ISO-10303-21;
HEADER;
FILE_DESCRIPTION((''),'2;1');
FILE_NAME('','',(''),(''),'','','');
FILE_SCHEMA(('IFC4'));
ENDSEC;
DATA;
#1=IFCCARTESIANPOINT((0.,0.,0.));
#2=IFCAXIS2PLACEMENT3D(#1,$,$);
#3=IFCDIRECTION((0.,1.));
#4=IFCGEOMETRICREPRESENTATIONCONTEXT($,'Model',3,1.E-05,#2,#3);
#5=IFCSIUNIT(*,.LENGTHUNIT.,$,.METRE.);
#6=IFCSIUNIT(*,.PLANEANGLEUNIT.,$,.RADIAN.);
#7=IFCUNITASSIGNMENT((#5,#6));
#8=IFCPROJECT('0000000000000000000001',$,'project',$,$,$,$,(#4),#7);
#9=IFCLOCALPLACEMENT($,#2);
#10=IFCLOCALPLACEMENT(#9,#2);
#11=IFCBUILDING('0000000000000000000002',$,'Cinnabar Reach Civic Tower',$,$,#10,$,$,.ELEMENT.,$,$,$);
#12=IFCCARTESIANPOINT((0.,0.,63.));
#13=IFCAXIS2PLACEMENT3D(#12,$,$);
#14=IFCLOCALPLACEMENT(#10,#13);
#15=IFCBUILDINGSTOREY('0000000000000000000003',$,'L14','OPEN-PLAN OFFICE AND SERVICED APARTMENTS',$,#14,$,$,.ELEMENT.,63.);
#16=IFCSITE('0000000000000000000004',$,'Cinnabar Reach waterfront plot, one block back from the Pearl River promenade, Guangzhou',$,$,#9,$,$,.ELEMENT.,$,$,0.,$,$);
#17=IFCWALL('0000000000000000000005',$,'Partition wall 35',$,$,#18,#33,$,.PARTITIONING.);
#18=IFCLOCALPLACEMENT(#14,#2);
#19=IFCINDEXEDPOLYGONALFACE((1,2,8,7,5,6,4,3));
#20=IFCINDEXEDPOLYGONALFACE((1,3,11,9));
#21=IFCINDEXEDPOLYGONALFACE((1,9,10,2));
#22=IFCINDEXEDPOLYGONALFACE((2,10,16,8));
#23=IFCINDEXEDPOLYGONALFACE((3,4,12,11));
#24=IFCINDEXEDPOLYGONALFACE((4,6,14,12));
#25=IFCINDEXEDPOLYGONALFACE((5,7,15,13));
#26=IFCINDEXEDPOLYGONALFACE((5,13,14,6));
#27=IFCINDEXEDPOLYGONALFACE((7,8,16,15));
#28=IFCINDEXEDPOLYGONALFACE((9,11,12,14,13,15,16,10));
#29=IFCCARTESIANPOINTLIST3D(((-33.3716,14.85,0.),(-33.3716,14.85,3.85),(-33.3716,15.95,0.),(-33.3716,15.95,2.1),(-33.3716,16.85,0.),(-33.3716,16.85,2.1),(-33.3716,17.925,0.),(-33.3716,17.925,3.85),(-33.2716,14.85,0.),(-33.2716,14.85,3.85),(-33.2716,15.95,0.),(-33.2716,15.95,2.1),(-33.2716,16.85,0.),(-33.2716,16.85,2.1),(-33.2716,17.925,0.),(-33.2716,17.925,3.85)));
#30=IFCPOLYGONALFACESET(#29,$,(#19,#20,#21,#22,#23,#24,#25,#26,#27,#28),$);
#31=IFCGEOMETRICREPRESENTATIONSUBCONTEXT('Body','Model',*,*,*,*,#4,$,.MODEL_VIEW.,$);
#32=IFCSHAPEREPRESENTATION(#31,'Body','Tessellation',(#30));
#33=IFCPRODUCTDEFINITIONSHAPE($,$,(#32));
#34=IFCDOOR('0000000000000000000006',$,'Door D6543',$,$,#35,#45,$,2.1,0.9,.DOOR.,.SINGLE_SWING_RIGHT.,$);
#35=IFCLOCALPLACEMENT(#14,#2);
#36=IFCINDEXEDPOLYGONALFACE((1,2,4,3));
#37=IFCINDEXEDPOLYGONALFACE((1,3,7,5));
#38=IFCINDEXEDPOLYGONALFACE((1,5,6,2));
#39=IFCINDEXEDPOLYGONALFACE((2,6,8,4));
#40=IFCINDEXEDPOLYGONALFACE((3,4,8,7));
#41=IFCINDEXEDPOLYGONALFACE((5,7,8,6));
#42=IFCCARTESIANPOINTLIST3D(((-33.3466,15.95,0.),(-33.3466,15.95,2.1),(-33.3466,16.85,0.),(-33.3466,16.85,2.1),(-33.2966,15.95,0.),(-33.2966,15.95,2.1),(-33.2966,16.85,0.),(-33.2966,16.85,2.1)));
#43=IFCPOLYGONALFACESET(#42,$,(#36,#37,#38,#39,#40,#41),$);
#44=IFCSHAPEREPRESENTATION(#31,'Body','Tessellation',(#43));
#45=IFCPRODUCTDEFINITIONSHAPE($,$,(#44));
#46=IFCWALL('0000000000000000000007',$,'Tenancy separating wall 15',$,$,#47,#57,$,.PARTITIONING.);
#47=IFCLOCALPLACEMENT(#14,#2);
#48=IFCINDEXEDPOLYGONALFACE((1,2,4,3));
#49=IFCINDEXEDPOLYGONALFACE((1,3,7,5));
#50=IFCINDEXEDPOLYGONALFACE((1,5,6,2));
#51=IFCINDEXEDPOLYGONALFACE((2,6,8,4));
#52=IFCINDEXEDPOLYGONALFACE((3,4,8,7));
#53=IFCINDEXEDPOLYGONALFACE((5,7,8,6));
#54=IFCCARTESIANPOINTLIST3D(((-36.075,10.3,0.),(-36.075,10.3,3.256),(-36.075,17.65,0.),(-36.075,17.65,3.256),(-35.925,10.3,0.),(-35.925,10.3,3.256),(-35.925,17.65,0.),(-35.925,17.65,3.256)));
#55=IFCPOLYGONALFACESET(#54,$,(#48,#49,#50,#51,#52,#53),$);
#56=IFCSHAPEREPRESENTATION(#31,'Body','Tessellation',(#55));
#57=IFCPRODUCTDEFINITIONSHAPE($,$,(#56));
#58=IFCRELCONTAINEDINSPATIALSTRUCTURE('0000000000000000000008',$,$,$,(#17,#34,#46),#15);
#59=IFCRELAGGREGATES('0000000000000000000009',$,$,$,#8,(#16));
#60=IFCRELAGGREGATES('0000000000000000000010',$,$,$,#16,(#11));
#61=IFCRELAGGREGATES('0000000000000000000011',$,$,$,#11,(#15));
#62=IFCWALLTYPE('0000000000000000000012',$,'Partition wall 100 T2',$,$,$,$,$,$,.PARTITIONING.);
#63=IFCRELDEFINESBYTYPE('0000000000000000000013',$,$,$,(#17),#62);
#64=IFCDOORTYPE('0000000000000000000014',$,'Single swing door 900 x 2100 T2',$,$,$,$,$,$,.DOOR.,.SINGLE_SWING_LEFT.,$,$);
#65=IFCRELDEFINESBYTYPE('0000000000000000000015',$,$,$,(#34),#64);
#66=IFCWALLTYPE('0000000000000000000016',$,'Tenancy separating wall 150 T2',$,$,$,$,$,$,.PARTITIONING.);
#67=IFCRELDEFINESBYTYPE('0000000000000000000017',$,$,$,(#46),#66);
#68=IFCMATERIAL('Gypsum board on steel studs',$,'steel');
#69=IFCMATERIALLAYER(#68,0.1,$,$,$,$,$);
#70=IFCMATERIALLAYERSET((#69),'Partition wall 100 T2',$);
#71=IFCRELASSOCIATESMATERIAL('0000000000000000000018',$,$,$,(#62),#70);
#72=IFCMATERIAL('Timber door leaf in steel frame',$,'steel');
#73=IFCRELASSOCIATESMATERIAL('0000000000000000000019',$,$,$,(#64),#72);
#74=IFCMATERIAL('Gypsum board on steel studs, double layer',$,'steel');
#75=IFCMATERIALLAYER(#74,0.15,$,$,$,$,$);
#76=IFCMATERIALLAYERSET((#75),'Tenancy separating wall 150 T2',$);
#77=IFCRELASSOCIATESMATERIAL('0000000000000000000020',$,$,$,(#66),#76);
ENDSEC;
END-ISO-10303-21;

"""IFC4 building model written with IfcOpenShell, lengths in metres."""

from ifc_helpers import new_model, si_unit, direction, frame, frame_2d, origin, place, context, subcontext, project, spatial, rectangle, extrude, material, layer, layer_set, type_object, element, fill, save


model = new_model("IFC4")

# Units and contexts
model_context = context("Model", 3, precision=1e-05, world=origin(), true_north=direction((0.0, 1.0)))
body_context = subcontext(model_context, "Body", "Model", "MODEL_VIEW")
ifc_project = project(units=[si_unit("LENGTHUNIT", "METRE"), si_unit("PLANEANGLEUNIT", "RADIAN")], contexts=[model_context])

# Site, building, storey
site_placement = place(None, origin())
site = spatial("IfcSite", under=ifc_project, at=site_placement, Name="Cinnabar Reach waterfront plot, one block back from the Pearl River promenade, Guangzhou", CompositionType="ELEMENT", RefElevation=0.0)
building_placement = place(site_placement, origin())
building = spatial("IfcBuilding", under=site, at=building_placement, Name="Cinnabar Reach Civic Tower", CompositionType="ELEMENT")
storey_placement = place(building_placement, frame((0.0, 0.0, 63.0)))
storey = spatial("IfcBuildingStorey", under=building, at=storey_placement, Name="L14", Description="OPEN-PLAN OFFICE AND SERVICED APARTMENTS", CompositionType="ELEMENT", Elevation=63.0)

# Wall, opening, door
ifc_material_1 = material(Name="Gypsum board on steel studs", Category="steel")
ifc_layer_1 = layer(ifc_material_1, 0.1)
ifc_layer_set_1 = layer_set([ifc_layer_1], Name="Partition wall 100 T2")
wall_type_1 = type_object("IfcWallType", Name="Partition wall 100 T2", PredefinedType="PARTITIONING", material=ifc_layer_set_1)
ifc_material_2 = material(Name="Timber door leaf in steel frame", Category="steel")
door_type = type_object("IfcDoorType", Name="Single swing door 900 x 2100 T2", OperationType="SINGLE_SWING_LEFT", PredefinedType="DOOR", material=ifc_material_2)
wall_1_placement = place(storey_placement, frame((-33.3216, 14.85, 0.0), z_axis=(0.0, 0.0, 1.0), x_axis=(0.0, 1.0, 0.0)))
wall_1 = element("IfcWall", 1, at=wall_1_placement, inside=storey, type_object=wall_type_1, Name="Partition wall 35", PredefinedType="PARTITIONING", context=body_context, shape_type="SweptSolid", body=[
    extrude(rectangle(XDim=3.075, YDim=0.1, at=frame_2d((1.5375, 0.0))), origin(), (0.0, 0.0, 1.0), 3.85),
])
opening_1_placement = place(wall_1_placement, frame((1.1, 0.0, 0.0)))
opening_1 = element("IfcOpeningElement", 2, at=opening_1_placement, cuts=wall_1, PredefinedType="OPENING", context=body_context, shape_type="SweptSolid", body=[
    extrude(rectangle(XDim=0.9, YDim=2.1, at=frame_2d((0.45, 1.05))), frame((0.0, 0.06, 0.0), z_axis=(0.0, -1.0, 0.0), x_axis=(1.0, 0.0, 0.0)), (0.0, 0.0, 1.0), 0.12),
])
door_1_placement = place(opening_1_placement, origin())
door_1 = element("IfcDoor", 3, at=door_1_placement, inside=storey, type_object=door_type, Name="Door D6543", OperationType="SINGLE_SWING_RIGHT", OverallHeight=2.1, OverallWidth=0.9, PredefinedType="DOOR", context=body_context, shape_type="SweptSolid", body=[
    extrude(rectangle(XDim=0.9, YDim=2.1, at=frame_2d((0.45, 1.05))), frame((0.0, 0.025, 0.0), z_axis=(0.0, -1.0, 0.0), x_axis=(1.0, 0.0, 0.0)), (0.0, 0.0, 1.0), 0.05),
])
fill(opening_1, door_1)

# Wall
ifc_material_3 = material(Name="Gypsum board on steel studs, double layer", Category="steel")
ifc_layer_2 = layer(ifc_material_3, 0.15)
ifc_layer_set_2 = layer_set([ifc_layer_2], Name="Tenancy separating wall 150 T2")
wall_type_2 = type_object("IfcWallType", Name="Tenancy separating wall 150 T2", PredefinedType="PARTITIONING", material=ifc_layer_set_2)
wall_2_placement = place(storey_placement, frame((-36.0, 10.3, 0.0), z_axis=(0.0, 0.0, 1.0), x_axis=(0.0, 1.0, 0.0)))
element("IfcWall", 4, at=wall_2_placement, inside=storey, type_object=wall_type_2, Name="Tenancy separating wall 15", PredefinedType="PARTITIONING", context=body_context, shape_type="SweptSolid", body=[
    extrude(rectangle(XDim=7.35, YDim=0.15, at=frame_2d((3.675, 0.0))), origin(), (0.0, 0.0, 1.0), 3.256),
])

save(model, "model.ifc")
